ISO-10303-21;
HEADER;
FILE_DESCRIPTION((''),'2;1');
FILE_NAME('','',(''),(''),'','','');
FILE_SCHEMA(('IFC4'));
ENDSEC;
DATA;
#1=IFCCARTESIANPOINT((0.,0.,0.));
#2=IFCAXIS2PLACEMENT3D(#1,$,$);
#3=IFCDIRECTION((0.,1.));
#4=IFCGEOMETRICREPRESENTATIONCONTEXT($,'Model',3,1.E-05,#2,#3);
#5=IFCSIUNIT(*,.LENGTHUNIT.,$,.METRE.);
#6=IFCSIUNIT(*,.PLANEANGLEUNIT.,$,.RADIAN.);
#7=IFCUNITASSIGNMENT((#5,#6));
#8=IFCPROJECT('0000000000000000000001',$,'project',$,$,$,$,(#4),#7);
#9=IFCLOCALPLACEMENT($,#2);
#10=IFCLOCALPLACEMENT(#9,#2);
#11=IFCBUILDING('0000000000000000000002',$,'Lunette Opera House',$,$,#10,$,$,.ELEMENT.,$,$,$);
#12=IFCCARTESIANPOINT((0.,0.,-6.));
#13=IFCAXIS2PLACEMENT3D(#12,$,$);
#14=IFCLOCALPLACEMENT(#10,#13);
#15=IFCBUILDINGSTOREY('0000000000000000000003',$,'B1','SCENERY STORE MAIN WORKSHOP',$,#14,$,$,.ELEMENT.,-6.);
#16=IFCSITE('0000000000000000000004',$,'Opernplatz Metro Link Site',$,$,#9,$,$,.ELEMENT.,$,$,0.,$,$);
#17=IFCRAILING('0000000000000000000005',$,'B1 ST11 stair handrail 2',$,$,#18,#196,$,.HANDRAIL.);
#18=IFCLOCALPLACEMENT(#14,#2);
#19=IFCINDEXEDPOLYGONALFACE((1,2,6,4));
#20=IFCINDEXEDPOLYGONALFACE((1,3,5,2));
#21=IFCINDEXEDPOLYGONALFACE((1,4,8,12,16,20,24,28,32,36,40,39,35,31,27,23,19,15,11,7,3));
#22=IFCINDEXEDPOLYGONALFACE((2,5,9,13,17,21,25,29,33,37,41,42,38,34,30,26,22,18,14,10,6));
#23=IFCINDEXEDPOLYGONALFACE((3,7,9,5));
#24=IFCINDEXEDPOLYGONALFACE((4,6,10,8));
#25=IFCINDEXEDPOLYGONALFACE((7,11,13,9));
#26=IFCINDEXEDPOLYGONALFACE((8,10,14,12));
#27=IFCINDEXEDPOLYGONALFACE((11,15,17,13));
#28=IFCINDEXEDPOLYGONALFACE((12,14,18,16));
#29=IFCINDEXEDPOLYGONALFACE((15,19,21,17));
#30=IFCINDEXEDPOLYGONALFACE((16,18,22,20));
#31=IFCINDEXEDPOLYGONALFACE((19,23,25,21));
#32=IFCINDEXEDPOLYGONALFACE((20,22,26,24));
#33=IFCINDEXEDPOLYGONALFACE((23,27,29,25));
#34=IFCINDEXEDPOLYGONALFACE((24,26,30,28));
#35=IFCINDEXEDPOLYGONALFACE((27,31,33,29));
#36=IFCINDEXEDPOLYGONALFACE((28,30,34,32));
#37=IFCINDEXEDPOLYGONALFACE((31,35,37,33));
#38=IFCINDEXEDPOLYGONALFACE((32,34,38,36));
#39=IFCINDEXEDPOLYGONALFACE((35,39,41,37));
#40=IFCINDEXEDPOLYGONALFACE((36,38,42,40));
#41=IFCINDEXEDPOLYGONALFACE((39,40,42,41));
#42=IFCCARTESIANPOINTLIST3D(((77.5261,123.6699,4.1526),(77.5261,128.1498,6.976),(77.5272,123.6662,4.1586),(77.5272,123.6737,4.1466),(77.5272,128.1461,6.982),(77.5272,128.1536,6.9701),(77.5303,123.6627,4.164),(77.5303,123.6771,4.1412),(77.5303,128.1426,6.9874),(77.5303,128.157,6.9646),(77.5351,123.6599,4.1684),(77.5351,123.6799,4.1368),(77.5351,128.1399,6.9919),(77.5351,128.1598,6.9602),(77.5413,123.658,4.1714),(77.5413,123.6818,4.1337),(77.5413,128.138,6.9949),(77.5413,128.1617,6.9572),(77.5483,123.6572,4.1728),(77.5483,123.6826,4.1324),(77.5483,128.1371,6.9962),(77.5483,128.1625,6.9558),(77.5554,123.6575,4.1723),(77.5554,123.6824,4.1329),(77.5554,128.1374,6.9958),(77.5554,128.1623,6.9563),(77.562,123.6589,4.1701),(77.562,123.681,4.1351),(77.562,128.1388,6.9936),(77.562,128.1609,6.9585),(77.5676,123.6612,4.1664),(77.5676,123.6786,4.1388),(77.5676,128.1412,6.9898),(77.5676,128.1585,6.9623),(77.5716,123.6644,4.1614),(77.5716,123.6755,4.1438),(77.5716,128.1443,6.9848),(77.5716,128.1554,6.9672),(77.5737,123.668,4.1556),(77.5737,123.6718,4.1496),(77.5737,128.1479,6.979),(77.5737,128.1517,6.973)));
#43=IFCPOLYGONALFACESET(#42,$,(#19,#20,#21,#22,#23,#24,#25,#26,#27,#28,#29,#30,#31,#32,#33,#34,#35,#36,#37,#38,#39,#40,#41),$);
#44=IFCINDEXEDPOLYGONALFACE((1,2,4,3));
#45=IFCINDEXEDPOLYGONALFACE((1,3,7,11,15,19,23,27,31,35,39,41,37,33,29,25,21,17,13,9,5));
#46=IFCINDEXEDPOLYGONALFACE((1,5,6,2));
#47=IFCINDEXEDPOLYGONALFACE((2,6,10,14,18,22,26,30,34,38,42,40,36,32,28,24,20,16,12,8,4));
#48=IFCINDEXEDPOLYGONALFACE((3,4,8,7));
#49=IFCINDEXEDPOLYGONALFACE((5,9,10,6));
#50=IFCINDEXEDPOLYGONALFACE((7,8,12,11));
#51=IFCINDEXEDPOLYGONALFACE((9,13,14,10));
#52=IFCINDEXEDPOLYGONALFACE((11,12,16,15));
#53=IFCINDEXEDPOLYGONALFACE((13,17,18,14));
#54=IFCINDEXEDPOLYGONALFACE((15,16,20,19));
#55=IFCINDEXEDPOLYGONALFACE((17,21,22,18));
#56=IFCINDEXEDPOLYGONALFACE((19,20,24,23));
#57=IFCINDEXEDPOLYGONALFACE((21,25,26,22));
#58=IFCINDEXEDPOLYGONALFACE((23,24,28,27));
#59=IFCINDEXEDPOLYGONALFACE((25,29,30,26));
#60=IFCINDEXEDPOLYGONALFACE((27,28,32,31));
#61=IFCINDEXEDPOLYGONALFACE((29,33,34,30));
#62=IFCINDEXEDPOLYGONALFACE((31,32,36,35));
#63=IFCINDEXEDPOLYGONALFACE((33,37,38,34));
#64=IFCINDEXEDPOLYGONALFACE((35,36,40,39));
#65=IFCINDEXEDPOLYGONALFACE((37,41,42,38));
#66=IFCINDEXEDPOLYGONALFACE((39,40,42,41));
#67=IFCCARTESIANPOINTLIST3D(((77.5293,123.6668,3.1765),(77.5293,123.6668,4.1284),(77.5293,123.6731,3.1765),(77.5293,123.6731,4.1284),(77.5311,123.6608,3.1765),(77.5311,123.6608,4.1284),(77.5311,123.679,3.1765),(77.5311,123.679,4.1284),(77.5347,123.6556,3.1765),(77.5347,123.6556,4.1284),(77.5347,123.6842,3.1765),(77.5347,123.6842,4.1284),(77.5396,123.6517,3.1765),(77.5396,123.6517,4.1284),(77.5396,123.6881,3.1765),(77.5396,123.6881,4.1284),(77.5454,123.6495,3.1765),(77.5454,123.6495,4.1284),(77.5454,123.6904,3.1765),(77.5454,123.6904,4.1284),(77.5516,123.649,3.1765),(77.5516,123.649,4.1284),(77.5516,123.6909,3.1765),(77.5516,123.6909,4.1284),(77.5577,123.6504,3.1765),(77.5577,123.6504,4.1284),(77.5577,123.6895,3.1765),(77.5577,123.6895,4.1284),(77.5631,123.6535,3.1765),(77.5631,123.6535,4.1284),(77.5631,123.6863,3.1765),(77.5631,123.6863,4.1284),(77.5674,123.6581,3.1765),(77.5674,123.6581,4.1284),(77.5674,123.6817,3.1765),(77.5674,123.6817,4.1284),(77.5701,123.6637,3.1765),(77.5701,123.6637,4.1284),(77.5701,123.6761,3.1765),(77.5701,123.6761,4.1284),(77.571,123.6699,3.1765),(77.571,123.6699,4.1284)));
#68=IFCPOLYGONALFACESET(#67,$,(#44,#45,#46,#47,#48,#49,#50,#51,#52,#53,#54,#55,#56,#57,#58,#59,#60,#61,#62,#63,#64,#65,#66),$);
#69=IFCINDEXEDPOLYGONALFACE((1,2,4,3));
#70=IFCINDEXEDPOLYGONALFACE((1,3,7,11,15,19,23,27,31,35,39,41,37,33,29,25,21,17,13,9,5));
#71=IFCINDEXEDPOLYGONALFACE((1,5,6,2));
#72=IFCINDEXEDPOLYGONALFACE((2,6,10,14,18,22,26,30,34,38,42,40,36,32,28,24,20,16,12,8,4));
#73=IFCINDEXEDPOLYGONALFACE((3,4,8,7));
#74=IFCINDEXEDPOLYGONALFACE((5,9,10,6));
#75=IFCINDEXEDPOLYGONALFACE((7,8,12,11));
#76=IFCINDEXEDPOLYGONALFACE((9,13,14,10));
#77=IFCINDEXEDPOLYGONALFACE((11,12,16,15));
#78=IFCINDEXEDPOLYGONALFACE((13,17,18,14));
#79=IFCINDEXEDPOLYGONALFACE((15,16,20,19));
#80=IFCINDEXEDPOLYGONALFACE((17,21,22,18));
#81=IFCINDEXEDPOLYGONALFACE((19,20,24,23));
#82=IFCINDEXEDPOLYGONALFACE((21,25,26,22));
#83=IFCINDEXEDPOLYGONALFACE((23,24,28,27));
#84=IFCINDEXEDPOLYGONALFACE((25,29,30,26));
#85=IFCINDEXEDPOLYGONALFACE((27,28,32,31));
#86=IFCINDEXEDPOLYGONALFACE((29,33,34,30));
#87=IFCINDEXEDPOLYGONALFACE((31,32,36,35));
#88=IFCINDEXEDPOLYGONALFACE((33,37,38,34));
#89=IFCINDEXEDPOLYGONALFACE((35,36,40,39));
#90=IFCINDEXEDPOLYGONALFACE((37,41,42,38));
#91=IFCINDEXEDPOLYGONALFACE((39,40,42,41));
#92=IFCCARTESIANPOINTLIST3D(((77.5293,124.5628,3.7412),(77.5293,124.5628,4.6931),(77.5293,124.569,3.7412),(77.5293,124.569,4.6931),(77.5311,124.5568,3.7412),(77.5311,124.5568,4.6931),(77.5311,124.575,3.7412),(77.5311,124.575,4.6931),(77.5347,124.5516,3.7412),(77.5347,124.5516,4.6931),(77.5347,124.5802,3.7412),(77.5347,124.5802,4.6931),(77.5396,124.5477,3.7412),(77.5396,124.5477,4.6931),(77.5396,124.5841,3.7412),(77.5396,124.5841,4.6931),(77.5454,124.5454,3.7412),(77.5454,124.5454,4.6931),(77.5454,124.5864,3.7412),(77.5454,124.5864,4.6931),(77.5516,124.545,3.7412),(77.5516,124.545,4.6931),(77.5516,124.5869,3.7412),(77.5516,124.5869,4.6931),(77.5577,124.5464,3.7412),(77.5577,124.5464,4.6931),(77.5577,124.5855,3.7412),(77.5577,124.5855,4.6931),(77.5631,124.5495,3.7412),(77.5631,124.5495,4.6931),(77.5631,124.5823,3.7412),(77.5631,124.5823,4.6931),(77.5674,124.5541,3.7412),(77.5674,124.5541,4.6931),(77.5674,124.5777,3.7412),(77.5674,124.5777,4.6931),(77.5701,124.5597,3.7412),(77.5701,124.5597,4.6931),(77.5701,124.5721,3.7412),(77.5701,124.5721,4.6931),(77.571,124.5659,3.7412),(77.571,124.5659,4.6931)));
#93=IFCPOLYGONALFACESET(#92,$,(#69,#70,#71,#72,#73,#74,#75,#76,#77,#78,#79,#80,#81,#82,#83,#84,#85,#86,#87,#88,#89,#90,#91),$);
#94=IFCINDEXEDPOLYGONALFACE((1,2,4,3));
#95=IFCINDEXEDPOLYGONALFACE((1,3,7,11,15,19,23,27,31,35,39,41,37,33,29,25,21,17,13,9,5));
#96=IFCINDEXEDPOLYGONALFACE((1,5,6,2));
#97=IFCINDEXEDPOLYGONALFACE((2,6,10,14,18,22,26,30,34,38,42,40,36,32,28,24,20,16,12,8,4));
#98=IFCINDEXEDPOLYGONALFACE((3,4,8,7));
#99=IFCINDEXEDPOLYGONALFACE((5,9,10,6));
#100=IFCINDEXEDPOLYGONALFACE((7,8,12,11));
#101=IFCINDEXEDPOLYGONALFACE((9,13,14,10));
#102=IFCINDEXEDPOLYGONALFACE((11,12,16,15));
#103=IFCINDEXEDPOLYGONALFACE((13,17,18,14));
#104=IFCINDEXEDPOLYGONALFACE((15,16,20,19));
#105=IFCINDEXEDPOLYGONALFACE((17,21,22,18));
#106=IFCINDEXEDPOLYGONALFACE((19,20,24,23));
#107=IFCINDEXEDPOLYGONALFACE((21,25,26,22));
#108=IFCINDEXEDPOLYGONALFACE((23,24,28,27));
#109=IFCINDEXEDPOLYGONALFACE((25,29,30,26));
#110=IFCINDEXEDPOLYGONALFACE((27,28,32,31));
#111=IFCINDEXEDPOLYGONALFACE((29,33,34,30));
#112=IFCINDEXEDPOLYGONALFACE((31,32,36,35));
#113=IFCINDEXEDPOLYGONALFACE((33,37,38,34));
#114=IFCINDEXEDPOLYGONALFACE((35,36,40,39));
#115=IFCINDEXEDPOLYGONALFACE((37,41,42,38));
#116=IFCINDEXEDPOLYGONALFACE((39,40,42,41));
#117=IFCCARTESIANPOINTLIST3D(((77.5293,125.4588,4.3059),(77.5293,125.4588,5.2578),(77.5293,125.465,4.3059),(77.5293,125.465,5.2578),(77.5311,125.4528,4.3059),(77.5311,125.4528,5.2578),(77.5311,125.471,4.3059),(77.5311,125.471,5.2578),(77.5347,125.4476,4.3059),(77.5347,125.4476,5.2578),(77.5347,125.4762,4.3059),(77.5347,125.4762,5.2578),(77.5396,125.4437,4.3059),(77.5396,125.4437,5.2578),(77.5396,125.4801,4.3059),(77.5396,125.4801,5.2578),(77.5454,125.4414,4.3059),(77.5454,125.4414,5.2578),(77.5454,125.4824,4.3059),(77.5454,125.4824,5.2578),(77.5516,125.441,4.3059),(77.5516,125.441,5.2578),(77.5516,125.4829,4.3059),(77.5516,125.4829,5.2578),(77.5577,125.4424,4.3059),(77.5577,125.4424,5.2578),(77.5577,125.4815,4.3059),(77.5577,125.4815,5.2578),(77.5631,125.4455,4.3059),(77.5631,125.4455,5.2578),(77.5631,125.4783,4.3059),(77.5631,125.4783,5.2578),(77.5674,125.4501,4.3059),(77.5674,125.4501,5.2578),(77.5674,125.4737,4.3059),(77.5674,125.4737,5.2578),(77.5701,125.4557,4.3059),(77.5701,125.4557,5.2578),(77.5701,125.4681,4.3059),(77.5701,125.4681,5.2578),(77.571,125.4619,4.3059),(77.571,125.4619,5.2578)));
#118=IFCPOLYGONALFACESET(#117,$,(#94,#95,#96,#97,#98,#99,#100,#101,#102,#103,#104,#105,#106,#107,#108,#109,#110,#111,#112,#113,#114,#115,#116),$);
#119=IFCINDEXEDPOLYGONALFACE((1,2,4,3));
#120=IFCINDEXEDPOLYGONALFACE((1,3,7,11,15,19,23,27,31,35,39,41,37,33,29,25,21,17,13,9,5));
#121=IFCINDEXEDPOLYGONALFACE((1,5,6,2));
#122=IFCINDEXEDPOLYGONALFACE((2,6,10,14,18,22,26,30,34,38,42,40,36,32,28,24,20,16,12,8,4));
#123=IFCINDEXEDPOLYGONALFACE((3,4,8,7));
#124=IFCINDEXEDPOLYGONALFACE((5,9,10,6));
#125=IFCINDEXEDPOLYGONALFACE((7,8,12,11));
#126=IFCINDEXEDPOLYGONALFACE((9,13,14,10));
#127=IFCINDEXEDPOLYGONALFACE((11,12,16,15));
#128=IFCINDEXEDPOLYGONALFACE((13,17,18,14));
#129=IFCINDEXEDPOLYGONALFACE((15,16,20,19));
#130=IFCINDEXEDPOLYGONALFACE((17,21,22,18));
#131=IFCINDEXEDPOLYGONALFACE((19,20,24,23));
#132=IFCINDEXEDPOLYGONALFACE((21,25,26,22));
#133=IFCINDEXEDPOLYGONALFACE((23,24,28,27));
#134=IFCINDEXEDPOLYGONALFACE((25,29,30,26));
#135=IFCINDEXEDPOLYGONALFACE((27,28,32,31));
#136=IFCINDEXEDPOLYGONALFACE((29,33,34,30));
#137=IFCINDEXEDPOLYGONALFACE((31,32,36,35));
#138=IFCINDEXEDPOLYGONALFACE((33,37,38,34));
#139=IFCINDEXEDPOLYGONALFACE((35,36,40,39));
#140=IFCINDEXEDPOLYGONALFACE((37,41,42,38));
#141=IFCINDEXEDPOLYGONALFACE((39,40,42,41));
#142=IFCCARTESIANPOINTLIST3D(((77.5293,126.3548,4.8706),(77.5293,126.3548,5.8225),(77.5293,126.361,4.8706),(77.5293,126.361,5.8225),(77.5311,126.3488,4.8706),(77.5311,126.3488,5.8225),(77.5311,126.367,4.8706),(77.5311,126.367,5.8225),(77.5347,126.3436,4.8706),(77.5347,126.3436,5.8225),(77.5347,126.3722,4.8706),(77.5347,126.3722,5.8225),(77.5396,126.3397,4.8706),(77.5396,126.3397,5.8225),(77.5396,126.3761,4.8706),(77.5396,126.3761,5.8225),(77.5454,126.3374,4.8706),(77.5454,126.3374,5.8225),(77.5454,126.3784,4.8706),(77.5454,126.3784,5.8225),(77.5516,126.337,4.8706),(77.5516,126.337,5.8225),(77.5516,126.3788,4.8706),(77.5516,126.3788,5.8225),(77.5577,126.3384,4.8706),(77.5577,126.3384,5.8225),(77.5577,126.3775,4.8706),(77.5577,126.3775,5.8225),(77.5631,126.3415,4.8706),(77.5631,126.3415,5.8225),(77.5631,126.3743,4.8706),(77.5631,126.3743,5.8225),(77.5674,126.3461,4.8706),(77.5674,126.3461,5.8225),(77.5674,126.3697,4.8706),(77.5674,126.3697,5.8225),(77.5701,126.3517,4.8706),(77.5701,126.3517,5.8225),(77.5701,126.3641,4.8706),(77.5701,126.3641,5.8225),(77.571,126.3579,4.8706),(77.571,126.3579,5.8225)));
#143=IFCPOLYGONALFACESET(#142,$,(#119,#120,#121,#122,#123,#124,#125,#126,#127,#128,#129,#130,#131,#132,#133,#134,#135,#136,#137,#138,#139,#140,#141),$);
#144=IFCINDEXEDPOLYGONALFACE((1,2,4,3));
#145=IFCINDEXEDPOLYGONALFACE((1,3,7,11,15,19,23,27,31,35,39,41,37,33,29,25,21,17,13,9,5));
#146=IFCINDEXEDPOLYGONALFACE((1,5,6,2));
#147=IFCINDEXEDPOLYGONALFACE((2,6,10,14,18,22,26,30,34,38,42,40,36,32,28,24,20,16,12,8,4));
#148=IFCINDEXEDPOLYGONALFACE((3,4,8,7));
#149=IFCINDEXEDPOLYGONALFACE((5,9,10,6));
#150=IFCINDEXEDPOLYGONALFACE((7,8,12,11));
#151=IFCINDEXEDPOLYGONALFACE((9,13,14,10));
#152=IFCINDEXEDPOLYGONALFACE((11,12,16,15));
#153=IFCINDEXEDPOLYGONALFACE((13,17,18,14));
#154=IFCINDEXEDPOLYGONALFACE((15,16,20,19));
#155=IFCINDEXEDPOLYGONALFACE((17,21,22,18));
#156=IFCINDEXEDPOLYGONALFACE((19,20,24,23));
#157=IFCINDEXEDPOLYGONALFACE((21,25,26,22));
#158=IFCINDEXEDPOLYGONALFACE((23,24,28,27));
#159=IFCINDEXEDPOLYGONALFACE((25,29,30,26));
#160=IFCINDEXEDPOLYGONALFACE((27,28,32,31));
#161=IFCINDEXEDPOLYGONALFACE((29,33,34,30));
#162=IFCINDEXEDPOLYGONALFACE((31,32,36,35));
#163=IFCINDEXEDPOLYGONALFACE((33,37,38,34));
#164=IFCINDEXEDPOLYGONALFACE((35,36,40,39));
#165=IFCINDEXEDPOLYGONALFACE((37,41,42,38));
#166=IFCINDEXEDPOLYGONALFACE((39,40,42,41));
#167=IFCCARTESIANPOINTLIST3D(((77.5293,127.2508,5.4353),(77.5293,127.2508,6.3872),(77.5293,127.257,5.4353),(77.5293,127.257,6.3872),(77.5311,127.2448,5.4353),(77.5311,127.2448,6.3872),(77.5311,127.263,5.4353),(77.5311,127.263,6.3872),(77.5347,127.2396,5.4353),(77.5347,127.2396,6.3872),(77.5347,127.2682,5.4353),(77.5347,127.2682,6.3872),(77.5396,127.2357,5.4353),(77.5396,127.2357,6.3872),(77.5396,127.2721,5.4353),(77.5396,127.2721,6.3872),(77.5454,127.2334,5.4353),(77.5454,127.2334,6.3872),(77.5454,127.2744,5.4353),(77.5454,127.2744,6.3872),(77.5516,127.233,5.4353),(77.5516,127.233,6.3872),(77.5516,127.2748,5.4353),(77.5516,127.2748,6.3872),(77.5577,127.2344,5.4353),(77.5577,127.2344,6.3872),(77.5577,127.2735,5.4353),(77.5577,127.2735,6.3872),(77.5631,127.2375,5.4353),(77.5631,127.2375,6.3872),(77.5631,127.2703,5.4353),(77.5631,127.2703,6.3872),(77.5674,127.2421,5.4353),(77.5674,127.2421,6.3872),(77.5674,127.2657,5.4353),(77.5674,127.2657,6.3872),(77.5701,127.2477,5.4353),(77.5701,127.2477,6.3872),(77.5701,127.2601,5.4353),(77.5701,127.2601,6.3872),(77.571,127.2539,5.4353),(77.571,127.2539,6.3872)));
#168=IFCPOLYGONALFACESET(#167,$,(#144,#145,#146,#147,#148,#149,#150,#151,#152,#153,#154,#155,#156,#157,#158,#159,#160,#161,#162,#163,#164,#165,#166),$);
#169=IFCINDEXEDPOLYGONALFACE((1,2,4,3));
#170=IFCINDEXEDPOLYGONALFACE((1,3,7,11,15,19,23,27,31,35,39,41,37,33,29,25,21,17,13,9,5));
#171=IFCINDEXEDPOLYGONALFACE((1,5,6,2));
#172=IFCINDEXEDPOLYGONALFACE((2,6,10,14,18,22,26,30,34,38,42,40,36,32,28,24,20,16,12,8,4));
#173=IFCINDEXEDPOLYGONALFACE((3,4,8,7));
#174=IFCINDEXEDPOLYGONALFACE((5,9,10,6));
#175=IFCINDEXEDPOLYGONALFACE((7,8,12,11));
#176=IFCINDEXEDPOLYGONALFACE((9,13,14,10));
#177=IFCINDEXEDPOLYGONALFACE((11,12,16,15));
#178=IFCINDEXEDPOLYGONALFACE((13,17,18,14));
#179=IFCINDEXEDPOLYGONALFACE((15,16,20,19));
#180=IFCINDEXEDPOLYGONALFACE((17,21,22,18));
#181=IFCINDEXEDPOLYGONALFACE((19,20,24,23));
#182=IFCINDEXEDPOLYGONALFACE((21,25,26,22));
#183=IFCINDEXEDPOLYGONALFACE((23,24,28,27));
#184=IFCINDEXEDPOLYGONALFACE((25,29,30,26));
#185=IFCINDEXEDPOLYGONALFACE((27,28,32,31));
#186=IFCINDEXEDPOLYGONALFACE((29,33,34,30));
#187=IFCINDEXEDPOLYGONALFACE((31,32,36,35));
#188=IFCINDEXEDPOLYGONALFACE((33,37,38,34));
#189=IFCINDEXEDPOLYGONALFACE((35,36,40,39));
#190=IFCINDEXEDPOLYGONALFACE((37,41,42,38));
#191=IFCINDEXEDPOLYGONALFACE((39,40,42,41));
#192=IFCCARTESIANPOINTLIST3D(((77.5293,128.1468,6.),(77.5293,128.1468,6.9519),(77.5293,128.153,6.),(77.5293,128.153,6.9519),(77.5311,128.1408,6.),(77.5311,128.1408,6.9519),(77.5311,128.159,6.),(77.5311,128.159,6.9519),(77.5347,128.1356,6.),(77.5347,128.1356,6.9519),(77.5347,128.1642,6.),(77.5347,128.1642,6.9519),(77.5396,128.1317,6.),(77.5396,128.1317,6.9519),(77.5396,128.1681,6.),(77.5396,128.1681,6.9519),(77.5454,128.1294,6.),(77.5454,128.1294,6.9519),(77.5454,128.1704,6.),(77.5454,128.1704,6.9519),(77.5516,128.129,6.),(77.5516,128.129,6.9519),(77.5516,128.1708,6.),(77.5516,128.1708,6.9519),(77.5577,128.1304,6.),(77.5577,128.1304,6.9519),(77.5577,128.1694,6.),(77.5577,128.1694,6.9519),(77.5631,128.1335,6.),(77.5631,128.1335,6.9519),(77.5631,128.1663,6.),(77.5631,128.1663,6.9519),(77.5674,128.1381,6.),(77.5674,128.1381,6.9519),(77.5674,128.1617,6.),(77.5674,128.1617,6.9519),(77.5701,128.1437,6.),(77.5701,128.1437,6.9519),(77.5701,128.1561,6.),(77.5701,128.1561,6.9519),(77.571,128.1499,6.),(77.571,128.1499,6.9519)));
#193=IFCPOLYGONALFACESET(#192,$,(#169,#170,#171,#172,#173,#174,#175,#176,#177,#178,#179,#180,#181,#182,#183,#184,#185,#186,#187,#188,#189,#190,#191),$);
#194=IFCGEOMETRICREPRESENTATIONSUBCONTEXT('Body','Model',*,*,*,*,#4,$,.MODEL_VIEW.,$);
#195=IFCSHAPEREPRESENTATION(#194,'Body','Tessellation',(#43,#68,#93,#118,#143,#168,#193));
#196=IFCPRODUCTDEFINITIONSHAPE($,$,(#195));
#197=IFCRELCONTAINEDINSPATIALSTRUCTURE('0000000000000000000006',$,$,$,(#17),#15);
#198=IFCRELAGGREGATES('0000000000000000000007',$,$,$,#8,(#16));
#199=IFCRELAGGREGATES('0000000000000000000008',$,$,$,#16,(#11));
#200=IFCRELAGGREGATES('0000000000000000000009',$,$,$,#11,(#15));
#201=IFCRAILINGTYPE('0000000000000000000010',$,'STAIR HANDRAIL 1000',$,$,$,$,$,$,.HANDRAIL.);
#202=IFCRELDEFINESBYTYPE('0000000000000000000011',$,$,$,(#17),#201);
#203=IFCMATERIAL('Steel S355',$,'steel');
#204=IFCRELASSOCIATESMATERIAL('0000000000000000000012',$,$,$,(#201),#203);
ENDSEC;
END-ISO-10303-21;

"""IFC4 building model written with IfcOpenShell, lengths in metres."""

from ifc_helpers import new_model, si_unit, direction, frame, origin, origin_2d, place, context, subcontext, project, spatial, circle, extrude, material, type_object, element, save


model = new_model("IFC4")

# Units and contexts
model_context = context("Model", 3, precision=1e-05, world=origin(), true_north=direction((0.0, 1.0)))
body_context = subcontext(model_context, "Body", "Model", "MODEL_VIEW")
ifc_project = project(units=[si_unit("LENGTHUNIT", "METRE"), si_unit("PLANEANGLEUNIT", "RADIAN")], contexts=[model_context])

# Site, building, storey
site_placement = place(None, origin())
site = spatial("IfcSite", under=ifc_project, at=site_placement, Name="Opernplatz Metro Link Site", CompositionType="ELEMENT", RefElevation=0.0)
building_placement = place(site_placement, origin())
building = spatial("IfcBuilding", under=site, at=building_placement, Name="Lunette Opera House", CompositionType="ELEMENT")
storey_placement = place(building_placement, frame((0.0, 0.0, -6.0)))
storey = spatial("IfcBuildingStorey", under=building, at=storey_placement, Name="B1", Description="SCENERY STORE MAIN WORKSHOP", CompositionType="ELEMENT", Elevation=-6.0)

# Railing
ifc_material_1 = material(Name="Steel S355", Category="steel")
railing_type_1 = type_object("IfcRailingType", Name="STAIR HANDRAIL 1000", PredefinedType="HANDRAIL", material=ifc_material_1)
railing_1_placement = place(storey_placement, frame((77.55, 123.6699, 3.1765)))
element("IfcRailing", 1, at=railing_1_placement, inside=storey, type_object=railing_type_1, Name="B1 ST11 stair handrail 2", PredefinedType="HANDRAIL", context=body_context, shape_type="SweptSolid", body=[
    extrude(circle(Radius=0.0239, at=origin_2d()), frame((0.0, 0.0, 0.9761), z_axis=(0.0, 0.845998, 0.533186), x_axis=(-1.0, 0.0, 0.0)), (0.0, 0.0, 1.0), 5.2954),
    extrude(circle(Radius=0.021, at=origin_2d()), origin(), (0.0, 0.0, 1.0), 0.9519),
    extrude(circle(Radius=0.021, at=origin_2d()), frame((0.0, 0.896, 0.5647)), (0.0, 0.0, 1.0), 0.9519),
    extrude(circle(Radius=0.021, at=origin_2d()), frame((0.0, 1.792, 1.1294)), (0.0, 0.0, 1.0), 0.9519),
    extrude(circle(Radius=0.021, at=origin_2d()), frame((0.0, 2.688, 1.6941)), (0.0, 0.0, 1.0), 0.9519),
    extrude(circle(Radius=0.021, at=origin_2d()), frame((0.0, 3.584, 2.2588)), (0.0, 0.0, 1.0), 0.9519),
    extrude(circle(Radius=0.021, at=origin_2d()), frame((0.0, 4.48, 2.8235)), (0.0, 0.0, 1.0), 0.9519),
])

save(model, "model.ifc")
